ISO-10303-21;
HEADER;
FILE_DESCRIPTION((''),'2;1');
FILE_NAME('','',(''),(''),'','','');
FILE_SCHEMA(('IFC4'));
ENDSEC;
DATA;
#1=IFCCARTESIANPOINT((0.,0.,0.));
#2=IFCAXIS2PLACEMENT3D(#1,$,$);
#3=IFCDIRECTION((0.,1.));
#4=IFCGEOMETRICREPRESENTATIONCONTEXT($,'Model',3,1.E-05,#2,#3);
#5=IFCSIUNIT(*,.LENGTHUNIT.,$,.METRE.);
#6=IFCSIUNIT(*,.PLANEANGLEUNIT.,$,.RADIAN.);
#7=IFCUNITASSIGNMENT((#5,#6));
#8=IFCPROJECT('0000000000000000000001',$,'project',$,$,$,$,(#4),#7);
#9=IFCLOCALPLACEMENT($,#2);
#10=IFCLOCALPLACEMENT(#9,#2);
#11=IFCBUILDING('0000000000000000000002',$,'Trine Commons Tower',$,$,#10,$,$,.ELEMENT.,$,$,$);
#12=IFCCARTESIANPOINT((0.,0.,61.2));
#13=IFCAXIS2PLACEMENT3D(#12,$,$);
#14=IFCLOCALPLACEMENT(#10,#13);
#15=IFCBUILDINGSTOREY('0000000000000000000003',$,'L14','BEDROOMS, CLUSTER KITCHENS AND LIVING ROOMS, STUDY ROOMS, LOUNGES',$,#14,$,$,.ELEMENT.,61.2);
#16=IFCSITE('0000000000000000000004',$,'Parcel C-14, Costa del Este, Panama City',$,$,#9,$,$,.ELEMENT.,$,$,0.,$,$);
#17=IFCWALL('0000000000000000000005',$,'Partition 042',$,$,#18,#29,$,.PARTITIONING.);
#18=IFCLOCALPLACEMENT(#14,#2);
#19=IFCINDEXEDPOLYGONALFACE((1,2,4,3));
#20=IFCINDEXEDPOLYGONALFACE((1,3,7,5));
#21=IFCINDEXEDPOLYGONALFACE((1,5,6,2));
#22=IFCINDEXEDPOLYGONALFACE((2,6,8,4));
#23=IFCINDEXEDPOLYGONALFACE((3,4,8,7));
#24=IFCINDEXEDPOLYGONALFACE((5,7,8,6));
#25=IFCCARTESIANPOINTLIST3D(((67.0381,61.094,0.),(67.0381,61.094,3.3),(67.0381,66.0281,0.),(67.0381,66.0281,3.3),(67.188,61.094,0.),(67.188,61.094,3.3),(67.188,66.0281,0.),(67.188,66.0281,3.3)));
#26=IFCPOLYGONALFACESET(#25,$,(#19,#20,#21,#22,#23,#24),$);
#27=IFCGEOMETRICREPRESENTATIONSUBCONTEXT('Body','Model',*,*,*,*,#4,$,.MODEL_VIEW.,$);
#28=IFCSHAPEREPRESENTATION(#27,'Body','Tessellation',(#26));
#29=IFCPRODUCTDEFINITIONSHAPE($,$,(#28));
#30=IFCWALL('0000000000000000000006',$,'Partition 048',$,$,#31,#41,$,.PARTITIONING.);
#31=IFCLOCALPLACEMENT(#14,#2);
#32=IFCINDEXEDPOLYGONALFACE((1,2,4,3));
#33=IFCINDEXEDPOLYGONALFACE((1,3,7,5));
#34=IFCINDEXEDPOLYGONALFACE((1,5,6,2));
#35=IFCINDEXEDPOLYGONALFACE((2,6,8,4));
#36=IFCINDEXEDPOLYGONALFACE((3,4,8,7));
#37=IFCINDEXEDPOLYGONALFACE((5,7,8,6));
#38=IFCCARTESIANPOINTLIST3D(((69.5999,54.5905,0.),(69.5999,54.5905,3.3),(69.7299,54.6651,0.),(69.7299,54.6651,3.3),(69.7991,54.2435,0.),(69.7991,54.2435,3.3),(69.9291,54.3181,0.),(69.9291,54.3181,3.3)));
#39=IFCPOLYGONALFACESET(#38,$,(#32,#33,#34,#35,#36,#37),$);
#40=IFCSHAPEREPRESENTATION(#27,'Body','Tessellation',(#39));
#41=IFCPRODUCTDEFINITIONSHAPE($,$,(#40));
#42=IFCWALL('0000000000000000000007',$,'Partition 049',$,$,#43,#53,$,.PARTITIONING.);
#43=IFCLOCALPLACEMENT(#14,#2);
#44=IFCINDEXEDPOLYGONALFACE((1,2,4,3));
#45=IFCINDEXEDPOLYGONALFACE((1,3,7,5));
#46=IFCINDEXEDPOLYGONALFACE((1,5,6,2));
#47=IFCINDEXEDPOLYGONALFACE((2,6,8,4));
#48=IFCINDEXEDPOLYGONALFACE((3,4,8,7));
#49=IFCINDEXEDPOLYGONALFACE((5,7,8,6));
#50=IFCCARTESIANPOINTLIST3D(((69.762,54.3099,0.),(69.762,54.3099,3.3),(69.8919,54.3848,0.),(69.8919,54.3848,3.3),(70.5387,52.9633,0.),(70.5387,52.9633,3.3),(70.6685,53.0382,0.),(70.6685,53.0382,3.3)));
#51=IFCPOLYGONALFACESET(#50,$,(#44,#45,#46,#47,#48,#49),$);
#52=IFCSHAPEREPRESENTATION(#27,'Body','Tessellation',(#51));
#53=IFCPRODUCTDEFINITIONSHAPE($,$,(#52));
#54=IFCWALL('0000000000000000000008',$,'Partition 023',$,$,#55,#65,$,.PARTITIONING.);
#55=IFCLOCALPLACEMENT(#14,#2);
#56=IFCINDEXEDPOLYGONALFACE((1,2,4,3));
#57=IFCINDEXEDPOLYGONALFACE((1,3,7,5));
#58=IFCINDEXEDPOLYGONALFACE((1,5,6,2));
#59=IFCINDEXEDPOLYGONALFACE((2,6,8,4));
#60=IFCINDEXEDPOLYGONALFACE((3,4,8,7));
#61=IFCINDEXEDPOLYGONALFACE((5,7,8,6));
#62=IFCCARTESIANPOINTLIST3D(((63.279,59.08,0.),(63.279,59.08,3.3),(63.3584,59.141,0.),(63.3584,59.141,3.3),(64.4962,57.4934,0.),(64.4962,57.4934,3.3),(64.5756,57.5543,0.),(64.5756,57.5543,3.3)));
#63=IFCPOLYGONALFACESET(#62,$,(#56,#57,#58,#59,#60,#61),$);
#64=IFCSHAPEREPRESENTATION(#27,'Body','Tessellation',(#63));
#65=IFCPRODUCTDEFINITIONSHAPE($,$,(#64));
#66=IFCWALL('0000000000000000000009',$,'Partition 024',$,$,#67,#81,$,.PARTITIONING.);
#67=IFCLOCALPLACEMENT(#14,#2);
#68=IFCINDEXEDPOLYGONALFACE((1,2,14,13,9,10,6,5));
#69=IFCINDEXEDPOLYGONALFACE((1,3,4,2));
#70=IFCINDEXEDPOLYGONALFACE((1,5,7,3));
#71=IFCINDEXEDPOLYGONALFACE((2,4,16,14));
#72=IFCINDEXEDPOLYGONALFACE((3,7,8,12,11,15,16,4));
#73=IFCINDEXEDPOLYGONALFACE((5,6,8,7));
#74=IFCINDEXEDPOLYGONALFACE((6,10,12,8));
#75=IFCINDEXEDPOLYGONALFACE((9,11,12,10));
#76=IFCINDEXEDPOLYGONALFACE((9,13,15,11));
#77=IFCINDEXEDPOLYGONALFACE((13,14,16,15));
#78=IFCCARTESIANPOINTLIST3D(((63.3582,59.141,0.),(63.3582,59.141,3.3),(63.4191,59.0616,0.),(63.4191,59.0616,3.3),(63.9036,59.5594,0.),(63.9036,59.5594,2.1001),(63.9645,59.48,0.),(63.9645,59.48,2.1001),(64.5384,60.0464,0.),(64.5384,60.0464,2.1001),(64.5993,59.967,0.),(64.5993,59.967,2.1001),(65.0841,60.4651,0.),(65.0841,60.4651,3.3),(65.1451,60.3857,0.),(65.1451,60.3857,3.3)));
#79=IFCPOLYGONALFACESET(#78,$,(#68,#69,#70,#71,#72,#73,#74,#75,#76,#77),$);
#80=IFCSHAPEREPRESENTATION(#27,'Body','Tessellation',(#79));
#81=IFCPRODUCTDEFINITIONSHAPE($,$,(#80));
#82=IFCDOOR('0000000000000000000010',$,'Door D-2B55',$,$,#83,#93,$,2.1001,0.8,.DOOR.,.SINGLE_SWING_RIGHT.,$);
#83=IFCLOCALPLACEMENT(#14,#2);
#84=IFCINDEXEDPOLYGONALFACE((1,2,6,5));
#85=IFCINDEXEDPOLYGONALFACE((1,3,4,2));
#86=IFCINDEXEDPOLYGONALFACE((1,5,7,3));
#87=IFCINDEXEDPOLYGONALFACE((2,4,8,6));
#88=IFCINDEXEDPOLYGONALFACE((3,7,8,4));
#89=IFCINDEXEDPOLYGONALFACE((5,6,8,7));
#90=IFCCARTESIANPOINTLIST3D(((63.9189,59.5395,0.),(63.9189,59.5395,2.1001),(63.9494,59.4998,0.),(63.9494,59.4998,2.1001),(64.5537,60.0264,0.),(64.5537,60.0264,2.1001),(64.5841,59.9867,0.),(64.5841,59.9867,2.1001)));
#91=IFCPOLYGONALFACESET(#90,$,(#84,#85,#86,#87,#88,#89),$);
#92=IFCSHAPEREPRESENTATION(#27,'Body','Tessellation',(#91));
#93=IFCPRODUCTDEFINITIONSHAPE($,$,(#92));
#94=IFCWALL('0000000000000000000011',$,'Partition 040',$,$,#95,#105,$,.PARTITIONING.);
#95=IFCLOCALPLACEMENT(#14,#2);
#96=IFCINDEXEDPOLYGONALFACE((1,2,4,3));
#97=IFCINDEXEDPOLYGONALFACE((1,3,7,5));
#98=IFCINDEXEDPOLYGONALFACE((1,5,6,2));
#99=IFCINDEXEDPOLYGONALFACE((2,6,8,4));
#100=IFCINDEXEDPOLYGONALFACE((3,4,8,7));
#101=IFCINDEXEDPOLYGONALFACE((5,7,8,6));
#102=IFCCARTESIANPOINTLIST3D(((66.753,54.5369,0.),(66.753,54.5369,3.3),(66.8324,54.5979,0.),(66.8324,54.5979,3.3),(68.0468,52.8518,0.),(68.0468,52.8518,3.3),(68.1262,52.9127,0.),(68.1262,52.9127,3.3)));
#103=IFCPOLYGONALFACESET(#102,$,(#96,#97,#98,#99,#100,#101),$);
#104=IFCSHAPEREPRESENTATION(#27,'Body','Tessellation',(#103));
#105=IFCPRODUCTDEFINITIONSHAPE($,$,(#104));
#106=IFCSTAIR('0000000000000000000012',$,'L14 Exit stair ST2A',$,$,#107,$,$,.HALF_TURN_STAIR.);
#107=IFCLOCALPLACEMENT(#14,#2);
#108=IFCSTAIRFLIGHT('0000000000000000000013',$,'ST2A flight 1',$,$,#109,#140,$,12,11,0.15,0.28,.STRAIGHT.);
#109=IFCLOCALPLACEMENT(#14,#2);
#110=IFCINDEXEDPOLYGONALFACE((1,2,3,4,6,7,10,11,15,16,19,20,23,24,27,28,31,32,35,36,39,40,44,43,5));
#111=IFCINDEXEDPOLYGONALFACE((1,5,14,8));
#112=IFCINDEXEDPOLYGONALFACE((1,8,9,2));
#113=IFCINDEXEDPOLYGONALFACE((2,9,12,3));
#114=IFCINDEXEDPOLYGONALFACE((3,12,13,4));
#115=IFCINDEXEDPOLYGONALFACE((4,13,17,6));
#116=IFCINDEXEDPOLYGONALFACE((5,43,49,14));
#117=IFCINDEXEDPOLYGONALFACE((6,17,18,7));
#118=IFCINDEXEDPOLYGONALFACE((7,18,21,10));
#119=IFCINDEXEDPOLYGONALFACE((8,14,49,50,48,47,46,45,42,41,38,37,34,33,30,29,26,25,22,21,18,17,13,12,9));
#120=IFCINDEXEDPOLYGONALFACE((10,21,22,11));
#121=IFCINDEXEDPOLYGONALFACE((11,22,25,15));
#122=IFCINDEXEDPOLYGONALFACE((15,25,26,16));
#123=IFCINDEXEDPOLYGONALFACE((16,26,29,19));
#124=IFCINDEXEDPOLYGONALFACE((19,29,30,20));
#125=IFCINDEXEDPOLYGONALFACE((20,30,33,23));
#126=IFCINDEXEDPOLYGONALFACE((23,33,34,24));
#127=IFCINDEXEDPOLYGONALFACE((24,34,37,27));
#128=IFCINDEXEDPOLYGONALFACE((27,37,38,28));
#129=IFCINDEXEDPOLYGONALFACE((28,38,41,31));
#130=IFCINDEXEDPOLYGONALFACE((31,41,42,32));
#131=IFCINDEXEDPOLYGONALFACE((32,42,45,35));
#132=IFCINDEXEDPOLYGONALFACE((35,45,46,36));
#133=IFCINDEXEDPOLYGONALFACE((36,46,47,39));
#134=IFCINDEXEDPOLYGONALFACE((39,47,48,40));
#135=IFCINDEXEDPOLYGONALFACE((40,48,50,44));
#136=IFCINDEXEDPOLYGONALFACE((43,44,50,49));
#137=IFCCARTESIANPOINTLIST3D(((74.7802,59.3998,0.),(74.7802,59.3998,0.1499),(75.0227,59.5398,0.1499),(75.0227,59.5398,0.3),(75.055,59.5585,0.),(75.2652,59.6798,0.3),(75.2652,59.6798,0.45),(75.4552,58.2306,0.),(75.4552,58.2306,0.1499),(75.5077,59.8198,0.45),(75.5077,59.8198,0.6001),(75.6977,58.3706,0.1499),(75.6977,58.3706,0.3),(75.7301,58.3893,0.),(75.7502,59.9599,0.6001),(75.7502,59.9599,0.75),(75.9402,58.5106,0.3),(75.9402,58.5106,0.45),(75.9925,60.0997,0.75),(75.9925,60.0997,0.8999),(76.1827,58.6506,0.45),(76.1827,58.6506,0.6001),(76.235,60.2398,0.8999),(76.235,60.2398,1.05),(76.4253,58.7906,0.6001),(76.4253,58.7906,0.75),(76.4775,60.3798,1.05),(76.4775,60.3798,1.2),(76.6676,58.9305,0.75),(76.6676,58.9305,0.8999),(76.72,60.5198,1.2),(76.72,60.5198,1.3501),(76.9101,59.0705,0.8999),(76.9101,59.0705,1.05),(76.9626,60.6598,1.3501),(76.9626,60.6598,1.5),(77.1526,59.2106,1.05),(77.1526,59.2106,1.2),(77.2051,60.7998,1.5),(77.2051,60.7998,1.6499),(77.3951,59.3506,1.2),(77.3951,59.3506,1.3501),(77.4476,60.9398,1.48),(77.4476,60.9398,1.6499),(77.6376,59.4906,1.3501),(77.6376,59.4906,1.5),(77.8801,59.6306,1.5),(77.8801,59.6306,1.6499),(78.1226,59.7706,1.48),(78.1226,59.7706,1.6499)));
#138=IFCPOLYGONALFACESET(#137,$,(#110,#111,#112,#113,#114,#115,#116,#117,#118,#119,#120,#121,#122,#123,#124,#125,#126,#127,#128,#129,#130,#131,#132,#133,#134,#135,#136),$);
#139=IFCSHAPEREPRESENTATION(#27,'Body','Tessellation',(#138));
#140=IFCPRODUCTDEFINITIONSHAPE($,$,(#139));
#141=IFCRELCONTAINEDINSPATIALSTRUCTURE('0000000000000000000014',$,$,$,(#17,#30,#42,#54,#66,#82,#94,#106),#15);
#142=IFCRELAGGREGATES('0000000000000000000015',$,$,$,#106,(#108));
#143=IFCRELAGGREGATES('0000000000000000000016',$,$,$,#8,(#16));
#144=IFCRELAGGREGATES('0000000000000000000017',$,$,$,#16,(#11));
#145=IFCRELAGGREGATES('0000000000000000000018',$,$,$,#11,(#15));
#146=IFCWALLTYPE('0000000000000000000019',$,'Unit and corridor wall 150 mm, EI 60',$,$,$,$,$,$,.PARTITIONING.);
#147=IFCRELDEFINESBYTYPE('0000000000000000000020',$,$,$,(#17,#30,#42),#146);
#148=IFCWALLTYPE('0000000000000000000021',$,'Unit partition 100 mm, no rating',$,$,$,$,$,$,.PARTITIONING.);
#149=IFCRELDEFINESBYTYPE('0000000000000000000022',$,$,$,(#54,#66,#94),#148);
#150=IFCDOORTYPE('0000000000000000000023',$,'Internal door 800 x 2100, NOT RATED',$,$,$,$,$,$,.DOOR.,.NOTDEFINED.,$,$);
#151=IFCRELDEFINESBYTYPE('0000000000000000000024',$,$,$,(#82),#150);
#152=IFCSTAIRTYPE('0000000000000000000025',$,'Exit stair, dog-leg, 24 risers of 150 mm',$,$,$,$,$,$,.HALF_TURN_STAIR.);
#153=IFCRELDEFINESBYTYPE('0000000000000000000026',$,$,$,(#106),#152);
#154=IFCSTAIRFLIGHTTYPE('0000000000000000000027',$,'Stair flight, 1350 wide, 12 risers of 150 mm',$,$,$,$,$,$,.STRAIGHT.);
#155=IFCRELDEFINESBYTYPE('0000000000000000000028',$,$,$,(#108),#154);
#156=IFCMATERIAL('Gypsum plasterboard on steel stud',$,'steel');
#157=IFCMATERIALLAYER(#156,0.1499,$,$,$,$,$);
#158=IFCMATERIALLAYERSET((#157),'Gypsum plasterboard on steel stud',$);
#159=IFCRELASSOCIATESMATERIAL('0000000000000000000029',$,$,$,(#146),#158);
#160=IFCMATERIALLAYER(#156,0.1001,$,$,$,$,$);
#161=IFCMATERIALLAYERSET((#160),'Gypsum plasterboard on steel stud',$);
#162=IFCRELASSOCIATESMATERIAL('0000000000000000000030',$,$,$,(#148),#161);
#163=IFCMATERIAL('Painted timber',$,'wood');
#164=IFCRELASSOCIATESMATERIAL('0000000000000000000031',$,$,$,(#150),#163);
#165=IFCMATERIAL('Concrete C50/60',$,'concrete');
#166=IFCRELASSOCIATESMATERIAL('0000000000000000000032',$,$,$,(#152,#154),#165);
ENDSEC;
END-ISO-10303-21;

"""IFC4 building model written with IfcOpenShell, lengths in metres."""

from ifc_helpers import new_model, si_unit, direction, frame, frame_2d, origin, place, context, subcontext, project, spatial, polyline, rectangle, outline, extrude, material, layer, layer_set, type_object, element, fill, aggregate, save


model = new_model("IFC4")

# Units and contexts
model_context = context("Model", 3, precision=1e-05, world=origin(), true_north=direction((0.0, 1.0)))
body_context = subcontext(model_context, "Body", "Model", "MODEL_VIEW")
ifc_project = project(units=[si_unit("LENGTHUNIT", "METRE"), si_unit("PLANEANGLEUNIT", "RADIAN")], contexts=[model_context])

# Site, building, storey
site_placement = place(None, origin())
site = spatial("IfcSite", under=ifc_project, at=site_placement, Name="Parcel C-14, Costa del Este, Panama City", CompositionType="ELEMENT", RefElevation=0.0)
building_placement = place(site_placement, origin())
building = spatial("IfcBuilding", under=site, at=building_placement, Name="Trine Commons Tower", CompositionType="ELEMENT")
storey_placement = place(building_placement, frame((0.0, 0.0, 61.2)))
storey = spatial("IfcBuildingStorey", under=building, at=storey_placement, Name="L14", Description="BEDROOMS, CLUSTER KITCHENS AND LIVING ROOMS, STUDY ROOMS, LOUNGES", CompositionType="ELEMENT", Elevation=61.2)

# Walls
ifc_material_1 = material(Name="Gypsum plasterboard on steel stud", Category="steel")
ifc_layer_1 = layer(ifc_material_1, 0.1499)
ifc_layer_set_1 = layer_set([ifc_layer_1], Name="Gypsum plasterboard on steel stud")
wall_type_1 = type_object("IfcWallType", Name="Unit and corridor wall 150 mm, EI 60", PredefinedType="PARTITIONING", material=ifc_layer_set_1)
wall_1_placement = place(storey_placement, frame((67.113, 61.094, 0.0), z_axis=(0.0, 0.0, 1.0), x_axis=(0.0, 1.0, 0.0)))
element("IfcWall", 1, at=wall_1_placement, inside=storey, type_object=wall_type_1, Name="Partition 042", PredefinedType="PARTITIONING", context=body_context, shape_type="SweptSolid", body=[
    extrude(rectangle(XDim=4.9341, YDim=0.1499, at=frame_2d((2.467, 0.0))), origin(), (0.0, 0.0, 1.0), 3.3),
])
wall_2_placement = place(storey_placement, frame((69.6648, 54.6279, 0.0), z_axis=(0.0, 0.0, 1.0), x_axis=(0.497978, -0.86719, 0.0)))
element("IfcWall", 2, at=wall_2_placement, inside=storey, type_object=wall_type_1, Name="Partition 048", PredefinedType="PARTITIONING", context=body_context, shape_type="SweptSolid", body=[
    extrude(rectangle(XDim=0.4001, YDim=0.1499, at=frame_2d((0.2002, 0.0))), origin(), (0.0, 0.0, 1.0), 3.3),
])
wall_3_placement = place(storey_placement, frame((69.8269, 54.3474, 0.0), z_axis=(0.0, 0.0, 1.0), x_axis=(0.499636, -0.866235, 0.0)))
element("IfcWall", 3, at=wall_3_placement, inside=storey, type_object=wall_type_1, Name="Partition 049", PredefinedType="PARTITIONING", context=body_context, shape_type="SweptSolid", body=[
    extrude(rectangle(XDim=1.5544, YDim=0.1499, at=frame_2d((0.7773, 0.0))), origin(), (0.0, 0.0, 1.0), 3.3),
])
ifc_layer_2 = layer(ifc_material_1, 0.1001)
ifc_layer_set_2 = layer_set([ifc_layer_2], Name="Gypsum plasterboard on steel stud")
wall_type_2 = type_object("IfcWallType", Name="Unit partition 100 mm, no rating", PredefinedType="PARTITIONING", material=ifc_layer_set_2)
wall_4_placement = place(storey_placement, frame((63.3186, 59.1106, 0.0), z_axis=(0.0, 0.0, 1.0), x_axis=(0.608695, -0.793404, 0.0)))
element("IfcWall", 4, at=wall_4_placement, inside=storey, type_object=wall_type_2, Name="Partition 023", PredefinedType="PARTITIONING", context=body_context, shape_type="SweptSolid", body=[
    extrude(rectangle(XDim=1.9998, YDim=0.1001, at=frame_2d((1.0, 0.0))), origin(), (0.0, 0.0, 1.0), 3.3),
])

# Wall, opening, door
wall_5_placement = place(storey_placement, frame((63.3887, 59.1013, 0.0), z_axis=(0.0, 0.0, 1.0), x_axis=(0.79342, 0.608674, 0.0)))
wall_5 = element("IfcWall", 5, at=wall_5_placement, inside=storey, type_object=wall_type_2, Name="Partition 024", PredefinedType="PARTITIONING", context=body_context, shape_type="SweptSolid", body=[
    extrude(rectangle(XDim=2.1753, YDim=0.1001, at=frame_2d((1.0876, 0.0))), origin(), (0.0, 0.0, 1.0), 3.3),
])
opening_1_placement = place(wall_5_placement, frame((0.6875, 0.0, 0.0)))
opening_1 = element("IfcOpeningElement", 6, at=opening_1_placement, cuts=wall_5, PredefinedType="OPENING", context=body_context, shape_type="SweptSolid", body=[
    extrude(rectangle(XDim=0.8, YDim=2.1001, at=frame_2d((0.3999, 1.05))), frame((0.0, 0.0601, 0.0), z_axis=(0.0, -1.0, 0.0), x_axis=(1.0, 0.0, 0.0)), (0.0, 0.0, 1.0), 0.1201),
])
ifc_material_2 = material(Name="Painted timber", Category="wood")
door_type_1 = type_object("IfcDoorType", Name="Internal door 800 x 2100, NOT RATED", OperationType="NOTDEFINED", PredefinedType="DOOR", material=ifc_material_2)
door_1_placement = place(opening_1_placement, origin())
door_1 = element("IfcDoor", 7, at=door_1_placement, inside=storey, type_object=door_type_1, Name="Door D-2B55", OperationType="SINGLE_SWING_RIGHT", OverallHeight=2.1001, OverallWidth=0.8, PredefinedType="DOOR", context=body_context, shape_type="SweptSolid", body=[
    extrude(rectangle(XDim=0.8, YDim=2.1001, at=frame_2d((0.3999, 1.05))), frame((0.0, 0.0249, 0.0), z_axis=(0.0, -1.0, 0.0), x_axis=(1.0, 0.0, 0.0)), (0.0, 0.0, 1.0), 0.05),
])
fill(opening_1, door_1)

# Wall
wall_6_placement = place(storey_placement, frame((66.7927, 54.5674, 0.0), z_axis=(0.0, 0.0, 1.0), x_axis=(0.608972, -0.793192, 0.0)))
element("IfcWall", 8, at=wall_6_placement, inside=storey, type_object=wall_type_2, Name="Partition 040", PredefinedType="PARTITIONING", context=body_context, shape_type="SweptSolid", body=[
    extrude(rectangle(XDim=2.1245, YDim=0.1001, at=frame_2d((1.0623, 0.0))), origin(), (0.0, 0.0, 1.0), 3.3),
])

# Stair, stair flight
ifc_material_3 = material(Name="Concrete C50/60", Category="concrete")
stair_type = type_object("IfcStairType", Name="Exit stair, dog-leg, 24 risers of 150 mm", PredefinedType="HALF_TURN_STAIR", material=ifc_material_3)
stair_placement = place(storey_placement, origin())
stair = element("IfcStair", 9, at=stair_placement, inside=storey, type_object=stair_type, Name="L14 Exit stair ST2A", PredefinedType="HALF_TURN_STAIR")
stair_flight_type = type_object("IfcStairFlightType", Name="Stair flight, 1350 wide, 12 risers of 150 mm", PredefinedType="STRAIGHT", material=ifc_material_3)
stair_flight_placement = place(storey_placement, frame((75.1177, 58.8152, 0.0), z_axis=(0.0, 0.0, 1.0), x_axis=(0.866025, 0.5, 0.0)))
stair_flight = element("IfcStairFlight", 10, at=stair_flight_placement, type_object=stair_flight_type, Name="ST2A flight 1", NumberOfRisers=12, NumberOfTreads=11, PredefinedType="STRAIGHT", RiserHeight=0.15, TreadLength=0.28, context=body_context, shape_type="SweptSolid", body=[
    extrude(outline(polyline([(0.0, 0.0), (0.0, 0.1499), (0.28, 0.1499), (0.28, 0.3), (0.5601, 0.3), (0.5601, 0.45), (0.8401, 0.45), (0.8401, 0.6001), (1.1201, 0.6001), (1.1201, 0.75), (1.3999, 0.75), (1.3999, 0.8999), (1.6799, 0.8999), (1.6799, 1.05), (1.96, 1.05), (1.96, 1.2), (2.24, 1.2), (2.24, 1.3501), (2.52, 1.3501), (2.52, 1.5), (2.8, 1.5), (2.8, 1.6499), (3.0801, 1.6499), (3.0801, 1.8), (3.0801, 1.48), (0.3174, 0.0), (0.0, 0.0)])), frame((0.0, 0.675, 0.0), z_axis=(0.0, -1.0, 0.0), x_axis=(1.0, 0.0, 0.0)), (0.0, 0.0, 1.0), 1.3501),
])
aggregate(stair, [stair_flight])

save(model, "model.ifc")
